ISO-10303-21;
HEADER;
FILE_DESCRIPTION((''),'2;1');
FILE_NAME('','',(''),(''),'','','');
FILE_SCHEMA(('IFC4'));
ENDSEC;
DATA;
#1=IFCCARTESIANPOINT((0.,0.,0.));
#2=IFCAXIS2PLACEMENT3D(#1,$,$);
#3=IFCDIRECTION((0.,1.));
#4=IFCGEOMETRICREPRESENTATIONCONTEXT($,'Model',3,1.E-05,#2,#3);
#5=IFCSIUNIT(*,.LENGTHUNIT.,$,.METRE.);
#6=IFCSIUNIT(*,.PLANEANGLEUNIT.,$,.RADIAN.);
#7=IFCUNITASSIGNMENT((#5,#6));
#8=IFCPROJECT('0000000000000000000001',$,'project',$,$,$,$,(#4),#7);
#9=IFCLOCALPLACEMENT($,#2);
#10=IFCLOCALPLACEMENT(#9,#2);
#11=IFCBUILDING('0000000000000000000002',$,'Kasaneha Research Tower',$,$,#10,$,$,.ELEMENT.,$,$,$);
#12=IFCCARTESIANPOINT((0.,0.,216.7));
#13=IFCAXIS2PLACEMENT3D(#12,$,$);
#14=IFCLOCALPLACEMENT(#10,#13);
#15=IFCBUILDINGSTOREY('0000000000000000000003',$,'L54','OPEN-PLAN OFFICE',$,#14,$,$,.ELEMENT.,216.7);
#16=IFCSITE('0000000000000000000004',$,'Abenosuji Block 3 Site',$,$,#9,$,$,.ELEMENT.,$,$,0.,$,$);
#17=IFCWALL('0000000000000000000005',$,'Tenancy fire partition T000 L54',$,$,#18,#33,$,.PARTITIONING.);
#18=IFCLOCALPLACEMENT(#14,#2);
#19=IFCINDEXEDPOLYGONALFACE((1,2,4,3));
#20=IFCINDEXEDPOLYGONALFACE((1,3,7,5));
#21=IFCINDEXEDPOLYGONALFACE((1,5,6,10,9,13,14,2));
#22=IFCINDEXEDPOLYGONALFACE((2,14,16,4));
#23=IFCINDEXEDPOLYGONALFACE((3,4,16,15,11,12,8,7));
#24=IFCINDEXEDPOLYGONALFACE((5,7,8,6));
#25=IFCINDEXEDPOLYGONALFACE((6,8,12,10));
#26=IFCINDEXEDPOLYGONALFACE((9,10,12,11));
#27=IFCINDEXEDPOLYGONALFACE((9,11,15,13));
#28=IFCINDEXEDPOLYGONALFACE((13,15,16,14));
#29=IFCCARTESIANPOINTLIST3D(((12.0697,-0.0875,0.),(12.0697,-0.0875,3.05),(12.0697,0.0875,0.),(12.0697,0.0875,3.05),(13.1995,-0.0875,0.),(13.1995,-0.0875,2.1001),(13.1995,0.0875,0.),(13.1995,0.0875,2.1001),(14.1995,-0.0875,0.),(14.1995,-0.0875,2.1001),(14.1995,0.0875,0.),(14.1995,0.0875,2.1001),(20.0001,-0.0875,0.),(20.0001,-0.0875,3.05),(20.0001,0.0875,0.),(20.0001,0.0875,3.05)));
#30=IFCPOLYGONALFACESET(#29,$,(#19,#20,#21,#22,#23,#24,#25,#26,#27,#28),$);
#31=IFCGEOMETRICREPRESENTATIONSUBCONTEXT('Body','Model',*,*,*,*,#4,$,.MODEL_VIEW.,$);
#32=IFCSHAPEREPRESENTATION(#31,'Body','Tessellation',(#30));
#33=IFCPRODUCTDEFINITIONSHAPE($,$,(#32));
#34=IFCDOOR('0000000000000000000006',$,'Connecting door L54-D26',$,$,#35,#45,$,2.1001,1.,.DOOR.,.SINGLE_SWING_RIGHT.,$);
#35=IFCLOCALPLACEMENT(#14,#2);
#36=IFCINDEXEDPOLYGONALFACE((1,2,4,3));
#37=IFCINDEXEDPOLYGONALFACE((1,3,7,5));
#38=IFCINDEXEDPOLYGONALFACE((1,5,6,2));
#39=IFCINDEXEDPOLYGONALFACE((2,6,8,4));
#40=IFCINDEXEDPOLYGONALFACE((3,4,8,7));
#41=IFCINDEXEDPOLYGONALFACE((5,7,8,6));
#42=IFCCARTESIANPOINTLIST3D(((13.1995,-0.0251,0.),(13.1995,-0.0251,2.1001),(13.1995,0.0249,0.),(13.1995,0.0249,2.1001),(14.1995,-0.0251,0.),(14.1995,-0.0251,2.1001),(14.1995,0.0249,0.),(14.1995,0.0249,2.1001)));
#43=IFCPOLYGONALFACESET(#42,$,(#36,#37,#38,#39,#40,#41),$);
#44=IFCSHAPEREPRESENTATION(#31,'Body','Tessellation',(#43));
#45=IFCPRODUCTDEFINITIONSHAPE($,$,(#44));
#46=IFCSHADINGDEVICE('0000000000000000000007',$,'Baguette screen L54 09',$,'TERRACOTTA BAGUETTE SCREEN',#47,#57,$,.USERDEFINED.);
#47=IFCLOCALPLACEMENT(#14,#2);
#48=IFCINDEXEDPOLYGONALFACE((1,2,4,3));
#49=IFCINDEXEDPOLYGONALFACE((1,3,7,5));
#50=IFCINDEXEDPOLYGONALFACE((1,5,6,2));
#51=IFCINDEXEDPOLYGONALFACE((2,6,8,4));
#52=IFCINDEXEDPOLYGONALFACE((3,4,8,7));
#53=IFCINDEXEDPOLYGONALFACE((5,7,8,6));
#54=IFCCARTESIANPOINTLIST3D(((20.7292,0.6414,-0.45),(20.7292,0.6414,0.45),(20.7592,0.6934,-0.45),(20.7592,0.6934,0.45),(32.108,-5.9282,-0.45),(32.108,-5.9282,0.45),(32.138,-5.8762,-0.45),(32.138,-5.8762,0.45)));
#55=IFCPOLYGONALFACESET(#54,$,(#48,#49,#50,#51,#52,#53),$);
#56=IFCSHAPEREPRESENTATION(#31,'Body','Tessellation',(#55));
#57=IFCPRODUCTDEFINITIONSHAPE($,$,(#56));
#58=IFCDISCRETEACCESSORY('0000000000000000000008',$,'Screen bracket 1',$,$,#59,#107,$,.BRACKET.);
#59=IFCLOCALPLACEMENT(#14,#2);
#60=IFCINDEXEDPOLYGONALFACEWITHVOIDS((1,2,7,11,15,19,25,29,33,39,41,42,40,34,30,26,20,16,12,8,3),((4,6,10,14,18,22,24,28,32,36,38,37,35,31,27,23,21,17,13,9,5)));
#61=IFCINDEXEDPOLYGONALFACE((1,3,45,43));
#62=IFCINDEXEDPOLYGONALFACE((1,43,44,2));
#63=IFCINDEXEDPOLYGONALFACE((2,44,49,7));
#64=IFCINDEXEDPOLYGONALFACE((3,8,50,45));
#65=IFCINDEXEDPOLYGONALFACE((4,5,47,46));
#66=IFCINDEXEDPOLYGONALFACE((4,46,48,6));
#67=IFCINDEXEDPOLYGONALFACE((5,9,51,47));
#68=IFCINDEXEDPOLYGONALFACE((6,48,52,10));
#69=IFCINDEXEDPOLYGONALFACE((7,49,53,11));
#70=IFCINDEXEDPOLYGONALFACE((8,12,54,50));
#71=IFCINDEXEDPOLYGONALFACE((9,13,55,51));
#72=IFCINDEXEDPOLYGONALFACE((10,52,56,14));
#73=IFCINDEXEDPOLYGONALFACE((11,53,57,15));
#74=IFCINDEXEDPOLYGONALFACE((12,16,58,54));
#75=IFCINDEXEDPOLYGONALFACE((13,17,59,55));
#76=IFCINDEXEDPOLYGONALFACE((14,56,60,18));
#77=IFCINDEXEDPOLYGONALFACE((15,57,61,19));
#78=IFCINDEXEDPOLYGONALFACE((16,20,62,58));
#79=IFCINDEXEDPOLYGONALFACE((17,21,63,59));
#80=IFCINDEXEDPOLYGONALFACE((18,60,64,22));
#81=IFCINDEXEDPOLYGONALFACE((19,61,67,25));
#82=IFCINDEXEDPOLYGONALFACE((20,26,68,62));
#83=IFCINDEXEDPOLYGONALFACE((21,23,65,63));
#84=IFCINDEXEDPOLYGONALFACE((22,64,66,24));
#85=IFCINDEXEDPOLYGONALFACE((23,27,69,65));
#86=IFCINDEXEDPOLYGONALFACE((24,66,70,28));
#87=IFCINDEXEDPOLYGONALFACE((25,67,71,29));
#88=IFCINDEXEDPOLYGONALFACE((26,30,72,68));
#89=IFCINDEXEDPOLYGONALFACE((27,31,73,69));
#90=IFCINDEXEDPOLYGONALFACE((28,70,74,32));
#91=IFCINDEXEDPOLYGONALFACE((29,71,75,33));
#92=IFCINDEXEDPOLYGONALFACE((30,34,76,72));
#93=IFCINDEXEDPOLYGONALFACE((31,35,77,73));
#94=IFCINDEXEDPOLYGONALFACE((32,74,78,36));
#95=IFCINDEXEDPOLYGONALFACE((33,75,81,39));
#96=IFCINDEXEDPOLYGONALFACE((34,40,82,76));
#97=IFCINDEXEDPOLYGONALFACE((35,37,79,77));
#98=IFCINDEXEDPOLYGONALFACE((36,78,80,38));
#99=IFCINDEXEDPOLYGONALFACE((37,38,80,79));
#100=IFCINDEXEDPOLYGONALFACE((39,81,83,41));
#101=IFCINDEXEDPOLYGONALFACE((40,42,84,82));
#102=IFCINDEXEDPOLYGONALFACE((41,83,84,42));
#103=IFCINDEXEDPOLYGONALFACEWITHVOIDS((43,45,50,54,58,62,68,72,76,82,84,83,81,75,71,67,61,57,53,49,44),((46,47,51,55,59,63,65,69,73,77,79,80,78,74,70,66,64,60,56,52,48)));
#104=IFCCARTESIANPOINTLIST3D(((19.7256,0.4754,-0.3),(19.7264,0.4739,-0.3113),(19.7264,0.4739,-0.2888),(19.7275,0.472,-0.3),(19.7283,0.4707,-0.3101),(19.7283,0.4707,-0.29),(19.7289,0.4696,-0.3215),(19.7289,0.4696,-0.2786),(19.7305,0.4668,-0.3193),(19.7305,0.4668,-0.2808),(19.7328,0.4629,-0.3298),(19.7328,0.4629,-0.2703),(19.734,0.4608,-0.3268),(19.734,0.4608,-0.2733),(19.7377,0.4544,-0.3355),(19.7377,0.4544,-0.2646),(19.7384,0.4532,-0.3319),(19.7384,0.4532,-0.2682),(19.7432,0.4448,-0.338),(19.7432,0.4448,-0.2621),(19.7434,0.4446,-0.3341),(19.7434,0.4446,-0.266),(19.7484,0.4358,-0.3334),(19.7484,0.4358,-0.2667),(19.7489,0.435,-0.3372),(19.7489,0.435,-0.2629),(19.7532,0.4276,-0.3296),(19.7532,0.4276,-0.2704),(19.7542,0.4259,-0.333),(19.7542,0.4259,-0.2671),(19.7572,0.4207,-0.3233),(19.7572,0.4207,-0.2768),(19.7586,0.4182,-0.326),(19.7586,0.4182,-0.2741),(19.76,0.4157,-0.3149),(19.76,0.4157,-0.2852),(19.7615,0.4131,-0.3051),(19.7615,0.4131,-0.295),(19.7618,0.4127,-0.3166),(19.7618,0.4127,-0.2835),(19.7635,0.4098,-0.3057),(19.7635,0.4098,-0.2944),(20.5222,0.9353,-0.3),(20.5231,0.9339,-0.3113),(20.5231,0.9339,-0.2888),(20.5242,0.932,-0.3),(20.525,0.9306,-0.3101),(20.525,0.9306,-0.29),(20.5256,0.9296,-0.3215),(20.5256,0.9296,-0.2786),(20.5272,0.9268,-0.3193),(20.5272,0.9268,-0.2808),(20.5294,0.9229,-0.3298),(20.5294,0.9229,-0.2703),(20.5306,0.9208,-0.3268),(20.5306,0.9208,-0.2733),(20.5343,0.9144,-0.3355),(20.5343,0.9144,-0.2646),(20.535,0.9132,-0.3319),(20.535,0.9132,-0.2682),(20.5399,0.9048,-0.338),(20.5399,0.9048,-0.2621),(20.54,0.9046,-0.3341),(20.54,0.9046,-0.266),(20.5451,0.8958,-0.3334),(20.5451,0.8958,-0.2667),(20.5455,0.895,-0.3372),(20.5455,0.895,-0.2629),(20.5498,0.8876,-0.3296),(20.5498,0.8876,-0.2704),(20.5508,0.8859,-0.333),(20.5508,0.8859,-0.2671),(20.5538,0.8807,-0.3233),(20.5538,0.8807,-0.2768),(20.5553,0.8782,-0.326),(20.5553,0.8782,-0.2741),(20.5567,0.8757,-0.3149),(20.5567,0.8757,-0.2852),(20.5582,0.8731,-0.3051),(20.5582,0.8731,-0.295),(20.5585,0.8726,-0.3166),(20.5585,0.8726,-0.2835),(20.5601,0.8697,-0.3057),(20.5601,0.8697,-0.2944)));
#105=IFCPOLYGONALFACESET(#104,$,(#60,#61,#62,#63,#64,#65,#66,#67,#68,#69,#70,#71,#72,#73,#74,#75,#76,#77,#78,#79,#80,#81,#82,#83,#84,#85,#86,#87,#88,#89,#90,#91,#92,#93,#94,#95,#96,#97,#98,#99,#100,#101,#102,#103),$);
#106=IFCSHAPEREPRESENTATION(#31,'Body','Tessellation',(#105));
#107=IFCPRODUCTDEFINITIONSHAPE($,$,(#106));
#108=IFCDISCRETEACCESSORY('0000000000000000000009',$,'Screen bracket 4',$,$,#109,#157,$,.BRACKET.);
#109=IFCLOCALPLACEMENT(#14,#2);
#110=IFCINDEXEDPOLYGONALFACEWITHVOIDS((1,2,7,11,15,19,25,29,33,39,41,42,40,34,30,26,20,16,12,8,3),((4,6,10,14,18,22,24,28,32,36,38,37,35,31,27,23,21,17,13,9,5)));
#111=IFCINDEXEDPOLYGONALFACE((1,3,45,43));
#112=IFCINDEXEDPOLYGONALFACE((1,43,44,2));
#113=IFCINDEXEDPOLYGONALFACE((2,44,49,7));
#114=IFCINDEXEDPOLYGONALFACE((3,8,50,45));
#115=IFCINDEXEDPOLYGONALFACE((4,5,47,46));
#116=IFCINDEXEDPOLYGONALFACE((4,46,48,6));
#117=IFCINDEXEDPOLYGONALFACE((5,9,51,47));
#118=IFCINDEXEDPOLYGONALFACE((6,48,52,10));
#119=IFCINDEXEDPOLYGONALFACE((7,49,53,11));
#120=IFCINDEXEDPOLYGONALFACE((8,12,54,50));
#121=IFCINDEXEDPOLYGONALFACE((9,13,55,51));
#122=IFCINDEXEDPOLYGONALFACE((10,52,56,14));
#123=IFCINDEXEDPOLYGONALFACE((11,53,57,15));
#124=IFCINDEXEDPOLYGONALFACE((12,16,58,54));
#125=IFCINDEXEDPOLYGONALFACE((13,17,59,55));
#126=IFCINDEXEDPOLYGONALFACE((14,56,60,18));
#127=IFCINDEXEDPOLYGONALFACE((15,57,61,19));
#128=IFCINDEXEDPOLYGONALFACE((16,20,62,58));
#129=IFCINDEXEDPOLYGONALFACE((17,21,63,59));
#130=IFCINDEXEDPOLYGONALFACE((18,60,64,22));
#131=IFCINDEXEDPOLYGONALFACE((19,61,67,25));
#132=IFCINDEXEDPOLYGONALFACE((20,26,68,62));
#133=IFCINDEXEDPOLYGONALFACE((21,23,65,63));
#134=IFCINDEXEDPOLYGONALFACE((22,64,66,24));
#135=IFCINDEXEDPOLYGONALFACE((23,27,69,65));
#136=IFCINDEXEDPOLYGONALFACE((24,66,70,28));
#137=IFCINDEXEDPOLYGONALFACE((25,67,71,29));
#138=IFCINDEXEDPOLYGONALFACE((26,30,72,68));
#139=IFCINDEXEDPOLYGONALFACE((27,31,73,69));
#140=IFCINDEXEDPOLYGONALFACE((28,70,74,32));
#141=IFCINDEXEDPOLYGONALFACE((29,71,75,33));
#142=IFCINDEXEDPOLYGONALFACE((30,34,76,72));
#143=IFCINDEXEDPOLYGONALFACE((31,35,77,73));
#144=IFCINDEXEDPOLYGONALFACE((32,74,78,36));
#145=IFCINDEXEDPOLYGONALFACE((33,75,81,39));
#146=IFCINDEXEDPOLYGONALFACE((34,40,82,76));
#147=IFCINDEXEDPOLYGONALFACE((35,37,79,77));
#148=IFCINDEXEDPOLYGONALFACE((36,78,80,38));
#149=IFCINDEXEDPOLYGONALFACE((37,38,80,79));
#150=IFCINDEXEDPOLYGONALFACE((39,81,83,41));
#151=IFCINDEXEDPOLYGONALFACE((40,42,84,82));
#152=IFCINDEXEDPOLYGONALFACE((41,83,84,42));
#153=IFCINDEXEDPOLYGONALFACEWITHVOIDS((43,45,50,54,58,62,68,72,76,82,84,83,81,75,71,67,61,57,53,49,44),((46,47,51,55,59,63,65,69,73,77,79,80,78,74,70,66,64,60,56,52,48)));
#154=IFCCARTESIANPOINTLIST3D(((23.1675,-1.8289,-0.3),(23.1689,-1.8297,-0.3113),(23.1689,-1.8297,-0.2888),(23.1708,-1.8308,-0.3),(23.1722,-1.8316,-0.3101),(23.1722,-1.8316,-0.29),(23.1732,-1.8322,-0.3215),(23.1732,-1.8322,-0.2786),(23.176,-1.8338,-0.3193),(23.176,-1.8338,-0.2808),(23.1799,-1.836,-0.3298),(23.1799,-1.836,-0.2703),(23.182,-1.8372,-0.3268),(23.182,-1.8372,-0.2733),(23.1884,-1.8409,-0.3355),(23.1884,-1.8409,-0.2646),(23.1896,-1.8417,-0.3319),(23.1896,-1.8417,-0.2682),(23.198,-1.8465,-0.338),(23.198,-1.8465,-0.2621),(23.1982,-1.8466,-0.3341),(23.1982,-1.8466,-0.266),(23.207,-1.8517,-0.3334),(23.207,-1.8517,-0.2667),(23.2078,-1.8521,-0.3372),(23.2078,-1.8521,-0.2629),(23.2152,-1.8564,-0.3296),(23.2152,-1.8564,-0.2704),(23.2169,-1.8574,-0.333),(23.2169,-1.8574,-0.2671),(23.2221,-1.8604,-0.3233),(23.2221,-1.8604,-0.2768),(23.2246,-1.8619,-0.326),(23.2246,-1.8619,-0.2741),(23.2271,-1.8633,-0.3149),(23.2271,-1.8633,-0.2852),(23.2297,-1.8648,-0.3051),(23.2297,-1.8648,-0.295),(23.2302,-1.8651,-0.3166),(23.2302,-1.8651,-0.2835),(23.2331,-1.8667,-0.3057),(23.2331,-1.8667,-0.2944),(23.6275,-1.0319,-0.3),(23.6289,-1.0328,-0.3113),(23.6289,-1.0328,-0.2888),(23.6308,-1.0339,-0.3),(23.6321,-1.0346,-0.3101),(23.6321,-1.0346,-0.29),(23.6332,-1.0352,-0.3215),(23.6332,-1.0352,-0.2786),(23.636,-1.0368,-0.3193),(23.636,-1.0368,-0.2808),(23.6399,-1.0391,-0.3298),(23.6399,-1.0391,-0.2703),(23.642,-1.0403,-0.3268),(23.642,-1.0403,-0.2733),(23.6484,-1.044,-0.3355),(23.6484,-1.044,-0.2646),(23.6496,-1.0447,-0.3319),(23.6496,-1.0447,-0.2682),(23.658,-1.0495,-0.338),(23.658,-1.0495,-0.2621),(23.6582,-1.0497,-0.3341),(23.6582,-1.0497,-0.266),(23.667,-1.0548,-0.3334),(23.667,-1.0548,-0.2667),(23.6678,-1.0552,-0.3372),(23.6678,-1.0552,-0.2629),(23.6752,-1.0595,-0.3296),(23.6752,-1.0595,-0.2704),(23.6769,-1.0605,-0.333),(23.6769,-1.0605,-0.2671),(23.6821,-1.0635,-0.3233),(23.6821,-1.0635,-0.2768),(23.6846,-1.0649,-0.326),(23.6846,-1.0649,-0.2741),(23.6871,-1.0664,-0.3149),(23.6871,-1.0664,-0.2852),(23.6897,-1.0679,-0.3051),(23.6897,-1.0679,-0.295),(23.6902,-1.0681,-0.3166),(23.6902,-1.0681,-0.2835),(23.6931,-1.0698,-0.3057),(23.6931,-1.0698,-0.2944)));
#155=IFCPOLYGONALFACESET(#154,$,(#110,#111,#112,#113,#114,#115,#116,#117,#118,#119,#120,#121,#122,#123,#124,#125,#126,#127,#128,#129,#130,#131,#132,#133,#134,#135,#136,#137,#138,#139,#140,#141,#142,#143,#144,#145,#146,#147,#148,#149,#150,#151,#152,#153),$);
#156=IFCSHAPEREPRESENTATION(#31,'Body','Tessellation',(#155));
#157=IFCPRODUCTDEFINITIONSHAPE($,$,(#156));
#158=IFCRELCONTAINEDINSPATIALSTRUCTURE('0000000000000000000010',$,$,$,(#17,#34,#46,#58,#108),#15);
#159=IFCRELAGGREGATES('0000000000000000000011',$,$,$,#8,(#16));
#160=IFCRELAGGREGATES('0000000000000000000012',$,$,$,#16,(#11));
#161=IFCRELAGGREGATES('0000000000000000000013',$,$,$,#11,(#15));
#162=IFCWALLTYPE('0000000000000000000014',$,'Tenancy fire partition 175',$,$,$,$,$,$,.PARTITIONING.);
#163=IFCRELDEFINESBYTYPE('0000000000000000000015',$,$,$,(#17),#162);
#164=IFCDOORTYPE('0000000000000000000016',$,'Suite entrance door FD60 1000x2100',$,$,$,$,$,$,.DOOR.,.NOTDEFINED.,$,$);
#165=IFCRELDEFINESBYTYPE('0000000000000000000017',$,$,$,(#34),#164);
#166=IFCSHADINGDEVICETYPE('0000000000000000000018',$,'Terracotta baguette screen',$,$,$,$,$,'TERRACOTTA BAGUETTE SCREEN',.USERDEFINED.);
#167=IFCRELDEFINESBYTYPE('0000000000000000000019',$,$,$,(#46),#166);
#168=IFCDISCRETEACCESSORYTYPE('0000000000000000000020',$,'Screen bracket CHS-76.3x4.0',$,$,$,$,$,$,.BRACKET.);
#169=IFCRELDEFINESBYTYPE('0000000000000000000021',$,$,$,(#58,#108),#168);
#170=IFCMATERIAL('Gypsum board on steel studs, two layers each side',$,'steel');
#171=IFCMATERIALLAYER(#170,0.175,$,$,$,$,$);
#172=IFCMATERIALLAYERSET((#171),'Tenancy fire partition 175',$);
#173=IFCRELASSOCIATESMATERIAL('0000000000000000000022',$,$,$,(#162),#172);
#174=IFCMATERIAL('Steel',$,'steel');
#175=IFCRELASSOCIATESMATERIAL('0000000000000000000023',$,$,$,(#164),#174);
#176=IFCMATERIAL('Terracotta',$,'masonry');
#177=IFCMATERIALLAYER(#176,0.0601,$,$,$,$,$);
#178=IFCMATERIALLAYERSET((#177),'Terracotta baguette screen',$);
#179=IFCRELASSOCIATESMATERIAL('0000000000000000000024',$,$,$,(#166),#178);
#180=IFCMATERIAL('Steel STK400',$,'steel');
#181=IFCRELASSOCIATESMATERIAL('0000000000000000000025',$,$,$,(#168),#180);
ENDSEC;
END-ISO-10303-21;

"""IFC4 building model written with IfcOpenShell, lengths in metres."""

from ifc_helpers import new_model, si_unit, direction, frame, frame_2d, origin, origin_2d, place, context, subcontext, project, spatial, rectangle, hollow_circle, extrude, material, layer, layer_set, material_profile, profile_set, type_object, element, fill, save


model = new_model("IFC4")

# Units and contexts
model_context = context("Model", 3, precision=1e-05, world=origin(), true_north=direction((0.0, 1.0)))
body_context = subcontext(model_context, "Body", "Model", "MODEL_VIEW")
ifc_project = project(units=[si_unit("LENGTHUNIT", "METRE"), si_unit("PLANEANGLEUNIT", "RADIAN")], contexts=[model_context])

# Site, building, storey
site_placement = place(None, origin())
site = spatial("IfcSite", under=ifc_project, at=site_placement, Name="Abenosuji Block 3 Site", CompositionType="ELEMENT", RefElevation=0.0)
building_placement = place(site_placement, origin())
building = spatial("IfcBuilding", under=site, at=building_placement, Name="Kasaneha Research Tower", CompositionType="ELEMENT")
storey_placement = place(building_placement, frame((0.0, 0.0, 216.7)))
storey = spatial("IfcBuildingStorey", under=building, at=storey_placement, Name="L54", Description="OPEN-PLAN OFFICE", CompositionType="ELEMENT", Elevation=216.7)

# Wall, opening, door
ifc_material_1 = material(Name="Gypsum board on steel studs, two layers each side", Category="steel")
ifc_layer_1 = layer(ifc_material_1, 0.175)
ifc_layer_set_1 = layer_set([ifc_layer_1], Name="Tenancy fire partition 175")
wall_type_1 = type_object("IfcWallType", Name="Tenancy fire partition 175", PredefinedType="PARTITIONING", material=ifc_layer_set_1)
wall_1_placement = place(storey_placement, frame((12.0696, 0.0, 0.0), z_axis=(0.0, 0.0, 1.0), x_axis=(1.0, 0.0, 0.0)))
wall_1 = element("IfcWall", 1, at=wall_1_placement, inside=storey, type_object=wall_type_1, Name="Tenancy fire partition T000 L54", PredefinedType="PARTITIONING", context=body_context, shape_type="SweptSolid", body=[
    extrude(rectangle(XDim=7.9304, YDim=0.175, at=frame_2d((3.9653, 0.0))), origin(), (0.0, 0.0, 1.0), 3.05),
])
opening_1_placement = place(wall_1_placement, frame((1.1299, 0.0, 0.0)))
opening_1 = element("IfcOpeningElement", 2, at=opening_1_placement, cuts=wall_1, PredefinedType="OPENING", context=body_context, shape_type="SweptSolid", body=[
    extrude(rectangle(XDim=1.0, YDim=2.1001, at=frame_2d((0.5, 1.05))), frame((0.0, 0.0977, 0.0), z_axis=(0.0, -1.0, 0.0), x_axis=(1.0, 0.0, 0.0)), (0.0, 0.0, 1.0), 0.1951),
])
ifc_material_2 = material(Name="Steel", Category="steel")
door_type_1 = type_object("IfcDoorType", Name="Suite entrance door FD60 1000x2100", OperationType="NOTDEFINED", PredefinedType="DOOR", material=ifc_material_2)
door_1_placement = place(opening_1_placement, origin())
door_1 = element("IfcDoor", 3, at=door_1_placement, inside=storey, type_object=door_type_1, Name="Connecting door L54-D26", OperationType="SINGLE_SWING_RIGHT", OverallHeight=2.1001, OverallWidth=1.0, PredefinedType="DOOR", context=body_context, shape_type="SweptSolid", body=[
    extrude(rectangle(XDim=1.0, YDim=2.1001, at=frame_2d((0.5, 1.05))), frame((0.0, 0.0249, 0.0), z_axis=(0.0, -1.0, 0.0), x_axis=(1.0, 0.0, 0.0)), (0.0, 0.0, 1.0), 0.05),
])
fill(opening_1, door_1)

# Shading device
ifc_material_3 = material(Name="Terracotta", Category="masonry")
ifc_layer_2 = layer(ifc_material_3, 0.0601)
ifc_layer_set_2 = layer_set([ifc_layer_2], Name="Terracotta baguette screen")
shading_device_type = type_object("IfcShadingDeviceType", Name="Terracotta baguette screen", ElementType="TERRACOTTA BAGUETTE SCREEN", PredefinedType="USERDEFINED", material=ifc_layer_set_2)
shading_device_placement = place(storey_placement, frame((26.4336, -2.6174, -0.45), z_axis=(0.0, 0.0, 1.0), x_axis=(-0.866025, 0.5, 0.0)))
element("IfcShadingDevice", 4, at=shading_device_placement, inside=storey, type_object=shading_device_type, Name="Baguette screen L54 09", ObjectType="TERRACOTTA BAGUETTE SCREEN", PredefinedType="USERDEFINED", context=body_context, shape_type="SweptSolid", body=[
    extrude(rectangle(XDim=13.1392, YDim=0.0601, at=origin_2d()), origin(), (0.0, 0.0, 1.0), 0.8999),
])

# Discrete accessories
ifc_material_4 = material(Name="Steel STK400", Category="steel")
ifc_material_profile_1 = material_profile(ifc_material_4, hollow_circle(Radius=0.0381, WallThickness=0.0039, at=origin_2d()), Name="CHS-76.3x4.0")
ifc_profile_set_1 = profile_set([ifc_material_profile_1], Name="Steel STK400")
discrete_accessory_type = type_object("IfcDiscreteAccessoryType", Name="Screen bracket CHS-76.3x4.0", PredefinedType="BRACKET", material=ifc_profile_set_1)
discrete_accessory_1_placement = place(storey_placement, frame((19.7446, 0.4424, -0.3), z_axis=(0.866013, 0.500021, 0.0), x_axis=(-0.500021, 0.866013, 0.0)))
element("IfcDiscreteAccessory", 5, at=discrete_accessory_1_placement, inside=storey, type_object=discrete_accessory_type, Name="Screen bracket 1", PredefinedType="BRACKET", context=body_context, shape_type="SweptSolid", body=[
    extrude(hollow_circle(Radius=0.0381, WallThickness=0.0039, at=origin_2d()), origin(), (0.0, 0.0, 1.0), 0.9199),
])
discrete_accessory_2_placement = place(storey_placement, frame((23.2004, -1.8479, -0.3), z_axis=(0.499906, 0.86608, 0.0), x_axis=(-0.86608, 0.499906, 0.0)))
element("IfcDiscreteAccessory", 6, at=discrete_accessory_2_placement, inside=storey, type_object=discrete_accessory_type, Name="Screen bracket 4", PredefinedType="BRACKET", context=body_context, shape_type="SweptSolid", body=[
    extrude(hollow_circle(Radius=0.0381, WallThickness=0.0039, at=origin_2d()), origin(), (0.0, 0.0, 1.0), 0.9202),
])

save(model, "model.ifc")
